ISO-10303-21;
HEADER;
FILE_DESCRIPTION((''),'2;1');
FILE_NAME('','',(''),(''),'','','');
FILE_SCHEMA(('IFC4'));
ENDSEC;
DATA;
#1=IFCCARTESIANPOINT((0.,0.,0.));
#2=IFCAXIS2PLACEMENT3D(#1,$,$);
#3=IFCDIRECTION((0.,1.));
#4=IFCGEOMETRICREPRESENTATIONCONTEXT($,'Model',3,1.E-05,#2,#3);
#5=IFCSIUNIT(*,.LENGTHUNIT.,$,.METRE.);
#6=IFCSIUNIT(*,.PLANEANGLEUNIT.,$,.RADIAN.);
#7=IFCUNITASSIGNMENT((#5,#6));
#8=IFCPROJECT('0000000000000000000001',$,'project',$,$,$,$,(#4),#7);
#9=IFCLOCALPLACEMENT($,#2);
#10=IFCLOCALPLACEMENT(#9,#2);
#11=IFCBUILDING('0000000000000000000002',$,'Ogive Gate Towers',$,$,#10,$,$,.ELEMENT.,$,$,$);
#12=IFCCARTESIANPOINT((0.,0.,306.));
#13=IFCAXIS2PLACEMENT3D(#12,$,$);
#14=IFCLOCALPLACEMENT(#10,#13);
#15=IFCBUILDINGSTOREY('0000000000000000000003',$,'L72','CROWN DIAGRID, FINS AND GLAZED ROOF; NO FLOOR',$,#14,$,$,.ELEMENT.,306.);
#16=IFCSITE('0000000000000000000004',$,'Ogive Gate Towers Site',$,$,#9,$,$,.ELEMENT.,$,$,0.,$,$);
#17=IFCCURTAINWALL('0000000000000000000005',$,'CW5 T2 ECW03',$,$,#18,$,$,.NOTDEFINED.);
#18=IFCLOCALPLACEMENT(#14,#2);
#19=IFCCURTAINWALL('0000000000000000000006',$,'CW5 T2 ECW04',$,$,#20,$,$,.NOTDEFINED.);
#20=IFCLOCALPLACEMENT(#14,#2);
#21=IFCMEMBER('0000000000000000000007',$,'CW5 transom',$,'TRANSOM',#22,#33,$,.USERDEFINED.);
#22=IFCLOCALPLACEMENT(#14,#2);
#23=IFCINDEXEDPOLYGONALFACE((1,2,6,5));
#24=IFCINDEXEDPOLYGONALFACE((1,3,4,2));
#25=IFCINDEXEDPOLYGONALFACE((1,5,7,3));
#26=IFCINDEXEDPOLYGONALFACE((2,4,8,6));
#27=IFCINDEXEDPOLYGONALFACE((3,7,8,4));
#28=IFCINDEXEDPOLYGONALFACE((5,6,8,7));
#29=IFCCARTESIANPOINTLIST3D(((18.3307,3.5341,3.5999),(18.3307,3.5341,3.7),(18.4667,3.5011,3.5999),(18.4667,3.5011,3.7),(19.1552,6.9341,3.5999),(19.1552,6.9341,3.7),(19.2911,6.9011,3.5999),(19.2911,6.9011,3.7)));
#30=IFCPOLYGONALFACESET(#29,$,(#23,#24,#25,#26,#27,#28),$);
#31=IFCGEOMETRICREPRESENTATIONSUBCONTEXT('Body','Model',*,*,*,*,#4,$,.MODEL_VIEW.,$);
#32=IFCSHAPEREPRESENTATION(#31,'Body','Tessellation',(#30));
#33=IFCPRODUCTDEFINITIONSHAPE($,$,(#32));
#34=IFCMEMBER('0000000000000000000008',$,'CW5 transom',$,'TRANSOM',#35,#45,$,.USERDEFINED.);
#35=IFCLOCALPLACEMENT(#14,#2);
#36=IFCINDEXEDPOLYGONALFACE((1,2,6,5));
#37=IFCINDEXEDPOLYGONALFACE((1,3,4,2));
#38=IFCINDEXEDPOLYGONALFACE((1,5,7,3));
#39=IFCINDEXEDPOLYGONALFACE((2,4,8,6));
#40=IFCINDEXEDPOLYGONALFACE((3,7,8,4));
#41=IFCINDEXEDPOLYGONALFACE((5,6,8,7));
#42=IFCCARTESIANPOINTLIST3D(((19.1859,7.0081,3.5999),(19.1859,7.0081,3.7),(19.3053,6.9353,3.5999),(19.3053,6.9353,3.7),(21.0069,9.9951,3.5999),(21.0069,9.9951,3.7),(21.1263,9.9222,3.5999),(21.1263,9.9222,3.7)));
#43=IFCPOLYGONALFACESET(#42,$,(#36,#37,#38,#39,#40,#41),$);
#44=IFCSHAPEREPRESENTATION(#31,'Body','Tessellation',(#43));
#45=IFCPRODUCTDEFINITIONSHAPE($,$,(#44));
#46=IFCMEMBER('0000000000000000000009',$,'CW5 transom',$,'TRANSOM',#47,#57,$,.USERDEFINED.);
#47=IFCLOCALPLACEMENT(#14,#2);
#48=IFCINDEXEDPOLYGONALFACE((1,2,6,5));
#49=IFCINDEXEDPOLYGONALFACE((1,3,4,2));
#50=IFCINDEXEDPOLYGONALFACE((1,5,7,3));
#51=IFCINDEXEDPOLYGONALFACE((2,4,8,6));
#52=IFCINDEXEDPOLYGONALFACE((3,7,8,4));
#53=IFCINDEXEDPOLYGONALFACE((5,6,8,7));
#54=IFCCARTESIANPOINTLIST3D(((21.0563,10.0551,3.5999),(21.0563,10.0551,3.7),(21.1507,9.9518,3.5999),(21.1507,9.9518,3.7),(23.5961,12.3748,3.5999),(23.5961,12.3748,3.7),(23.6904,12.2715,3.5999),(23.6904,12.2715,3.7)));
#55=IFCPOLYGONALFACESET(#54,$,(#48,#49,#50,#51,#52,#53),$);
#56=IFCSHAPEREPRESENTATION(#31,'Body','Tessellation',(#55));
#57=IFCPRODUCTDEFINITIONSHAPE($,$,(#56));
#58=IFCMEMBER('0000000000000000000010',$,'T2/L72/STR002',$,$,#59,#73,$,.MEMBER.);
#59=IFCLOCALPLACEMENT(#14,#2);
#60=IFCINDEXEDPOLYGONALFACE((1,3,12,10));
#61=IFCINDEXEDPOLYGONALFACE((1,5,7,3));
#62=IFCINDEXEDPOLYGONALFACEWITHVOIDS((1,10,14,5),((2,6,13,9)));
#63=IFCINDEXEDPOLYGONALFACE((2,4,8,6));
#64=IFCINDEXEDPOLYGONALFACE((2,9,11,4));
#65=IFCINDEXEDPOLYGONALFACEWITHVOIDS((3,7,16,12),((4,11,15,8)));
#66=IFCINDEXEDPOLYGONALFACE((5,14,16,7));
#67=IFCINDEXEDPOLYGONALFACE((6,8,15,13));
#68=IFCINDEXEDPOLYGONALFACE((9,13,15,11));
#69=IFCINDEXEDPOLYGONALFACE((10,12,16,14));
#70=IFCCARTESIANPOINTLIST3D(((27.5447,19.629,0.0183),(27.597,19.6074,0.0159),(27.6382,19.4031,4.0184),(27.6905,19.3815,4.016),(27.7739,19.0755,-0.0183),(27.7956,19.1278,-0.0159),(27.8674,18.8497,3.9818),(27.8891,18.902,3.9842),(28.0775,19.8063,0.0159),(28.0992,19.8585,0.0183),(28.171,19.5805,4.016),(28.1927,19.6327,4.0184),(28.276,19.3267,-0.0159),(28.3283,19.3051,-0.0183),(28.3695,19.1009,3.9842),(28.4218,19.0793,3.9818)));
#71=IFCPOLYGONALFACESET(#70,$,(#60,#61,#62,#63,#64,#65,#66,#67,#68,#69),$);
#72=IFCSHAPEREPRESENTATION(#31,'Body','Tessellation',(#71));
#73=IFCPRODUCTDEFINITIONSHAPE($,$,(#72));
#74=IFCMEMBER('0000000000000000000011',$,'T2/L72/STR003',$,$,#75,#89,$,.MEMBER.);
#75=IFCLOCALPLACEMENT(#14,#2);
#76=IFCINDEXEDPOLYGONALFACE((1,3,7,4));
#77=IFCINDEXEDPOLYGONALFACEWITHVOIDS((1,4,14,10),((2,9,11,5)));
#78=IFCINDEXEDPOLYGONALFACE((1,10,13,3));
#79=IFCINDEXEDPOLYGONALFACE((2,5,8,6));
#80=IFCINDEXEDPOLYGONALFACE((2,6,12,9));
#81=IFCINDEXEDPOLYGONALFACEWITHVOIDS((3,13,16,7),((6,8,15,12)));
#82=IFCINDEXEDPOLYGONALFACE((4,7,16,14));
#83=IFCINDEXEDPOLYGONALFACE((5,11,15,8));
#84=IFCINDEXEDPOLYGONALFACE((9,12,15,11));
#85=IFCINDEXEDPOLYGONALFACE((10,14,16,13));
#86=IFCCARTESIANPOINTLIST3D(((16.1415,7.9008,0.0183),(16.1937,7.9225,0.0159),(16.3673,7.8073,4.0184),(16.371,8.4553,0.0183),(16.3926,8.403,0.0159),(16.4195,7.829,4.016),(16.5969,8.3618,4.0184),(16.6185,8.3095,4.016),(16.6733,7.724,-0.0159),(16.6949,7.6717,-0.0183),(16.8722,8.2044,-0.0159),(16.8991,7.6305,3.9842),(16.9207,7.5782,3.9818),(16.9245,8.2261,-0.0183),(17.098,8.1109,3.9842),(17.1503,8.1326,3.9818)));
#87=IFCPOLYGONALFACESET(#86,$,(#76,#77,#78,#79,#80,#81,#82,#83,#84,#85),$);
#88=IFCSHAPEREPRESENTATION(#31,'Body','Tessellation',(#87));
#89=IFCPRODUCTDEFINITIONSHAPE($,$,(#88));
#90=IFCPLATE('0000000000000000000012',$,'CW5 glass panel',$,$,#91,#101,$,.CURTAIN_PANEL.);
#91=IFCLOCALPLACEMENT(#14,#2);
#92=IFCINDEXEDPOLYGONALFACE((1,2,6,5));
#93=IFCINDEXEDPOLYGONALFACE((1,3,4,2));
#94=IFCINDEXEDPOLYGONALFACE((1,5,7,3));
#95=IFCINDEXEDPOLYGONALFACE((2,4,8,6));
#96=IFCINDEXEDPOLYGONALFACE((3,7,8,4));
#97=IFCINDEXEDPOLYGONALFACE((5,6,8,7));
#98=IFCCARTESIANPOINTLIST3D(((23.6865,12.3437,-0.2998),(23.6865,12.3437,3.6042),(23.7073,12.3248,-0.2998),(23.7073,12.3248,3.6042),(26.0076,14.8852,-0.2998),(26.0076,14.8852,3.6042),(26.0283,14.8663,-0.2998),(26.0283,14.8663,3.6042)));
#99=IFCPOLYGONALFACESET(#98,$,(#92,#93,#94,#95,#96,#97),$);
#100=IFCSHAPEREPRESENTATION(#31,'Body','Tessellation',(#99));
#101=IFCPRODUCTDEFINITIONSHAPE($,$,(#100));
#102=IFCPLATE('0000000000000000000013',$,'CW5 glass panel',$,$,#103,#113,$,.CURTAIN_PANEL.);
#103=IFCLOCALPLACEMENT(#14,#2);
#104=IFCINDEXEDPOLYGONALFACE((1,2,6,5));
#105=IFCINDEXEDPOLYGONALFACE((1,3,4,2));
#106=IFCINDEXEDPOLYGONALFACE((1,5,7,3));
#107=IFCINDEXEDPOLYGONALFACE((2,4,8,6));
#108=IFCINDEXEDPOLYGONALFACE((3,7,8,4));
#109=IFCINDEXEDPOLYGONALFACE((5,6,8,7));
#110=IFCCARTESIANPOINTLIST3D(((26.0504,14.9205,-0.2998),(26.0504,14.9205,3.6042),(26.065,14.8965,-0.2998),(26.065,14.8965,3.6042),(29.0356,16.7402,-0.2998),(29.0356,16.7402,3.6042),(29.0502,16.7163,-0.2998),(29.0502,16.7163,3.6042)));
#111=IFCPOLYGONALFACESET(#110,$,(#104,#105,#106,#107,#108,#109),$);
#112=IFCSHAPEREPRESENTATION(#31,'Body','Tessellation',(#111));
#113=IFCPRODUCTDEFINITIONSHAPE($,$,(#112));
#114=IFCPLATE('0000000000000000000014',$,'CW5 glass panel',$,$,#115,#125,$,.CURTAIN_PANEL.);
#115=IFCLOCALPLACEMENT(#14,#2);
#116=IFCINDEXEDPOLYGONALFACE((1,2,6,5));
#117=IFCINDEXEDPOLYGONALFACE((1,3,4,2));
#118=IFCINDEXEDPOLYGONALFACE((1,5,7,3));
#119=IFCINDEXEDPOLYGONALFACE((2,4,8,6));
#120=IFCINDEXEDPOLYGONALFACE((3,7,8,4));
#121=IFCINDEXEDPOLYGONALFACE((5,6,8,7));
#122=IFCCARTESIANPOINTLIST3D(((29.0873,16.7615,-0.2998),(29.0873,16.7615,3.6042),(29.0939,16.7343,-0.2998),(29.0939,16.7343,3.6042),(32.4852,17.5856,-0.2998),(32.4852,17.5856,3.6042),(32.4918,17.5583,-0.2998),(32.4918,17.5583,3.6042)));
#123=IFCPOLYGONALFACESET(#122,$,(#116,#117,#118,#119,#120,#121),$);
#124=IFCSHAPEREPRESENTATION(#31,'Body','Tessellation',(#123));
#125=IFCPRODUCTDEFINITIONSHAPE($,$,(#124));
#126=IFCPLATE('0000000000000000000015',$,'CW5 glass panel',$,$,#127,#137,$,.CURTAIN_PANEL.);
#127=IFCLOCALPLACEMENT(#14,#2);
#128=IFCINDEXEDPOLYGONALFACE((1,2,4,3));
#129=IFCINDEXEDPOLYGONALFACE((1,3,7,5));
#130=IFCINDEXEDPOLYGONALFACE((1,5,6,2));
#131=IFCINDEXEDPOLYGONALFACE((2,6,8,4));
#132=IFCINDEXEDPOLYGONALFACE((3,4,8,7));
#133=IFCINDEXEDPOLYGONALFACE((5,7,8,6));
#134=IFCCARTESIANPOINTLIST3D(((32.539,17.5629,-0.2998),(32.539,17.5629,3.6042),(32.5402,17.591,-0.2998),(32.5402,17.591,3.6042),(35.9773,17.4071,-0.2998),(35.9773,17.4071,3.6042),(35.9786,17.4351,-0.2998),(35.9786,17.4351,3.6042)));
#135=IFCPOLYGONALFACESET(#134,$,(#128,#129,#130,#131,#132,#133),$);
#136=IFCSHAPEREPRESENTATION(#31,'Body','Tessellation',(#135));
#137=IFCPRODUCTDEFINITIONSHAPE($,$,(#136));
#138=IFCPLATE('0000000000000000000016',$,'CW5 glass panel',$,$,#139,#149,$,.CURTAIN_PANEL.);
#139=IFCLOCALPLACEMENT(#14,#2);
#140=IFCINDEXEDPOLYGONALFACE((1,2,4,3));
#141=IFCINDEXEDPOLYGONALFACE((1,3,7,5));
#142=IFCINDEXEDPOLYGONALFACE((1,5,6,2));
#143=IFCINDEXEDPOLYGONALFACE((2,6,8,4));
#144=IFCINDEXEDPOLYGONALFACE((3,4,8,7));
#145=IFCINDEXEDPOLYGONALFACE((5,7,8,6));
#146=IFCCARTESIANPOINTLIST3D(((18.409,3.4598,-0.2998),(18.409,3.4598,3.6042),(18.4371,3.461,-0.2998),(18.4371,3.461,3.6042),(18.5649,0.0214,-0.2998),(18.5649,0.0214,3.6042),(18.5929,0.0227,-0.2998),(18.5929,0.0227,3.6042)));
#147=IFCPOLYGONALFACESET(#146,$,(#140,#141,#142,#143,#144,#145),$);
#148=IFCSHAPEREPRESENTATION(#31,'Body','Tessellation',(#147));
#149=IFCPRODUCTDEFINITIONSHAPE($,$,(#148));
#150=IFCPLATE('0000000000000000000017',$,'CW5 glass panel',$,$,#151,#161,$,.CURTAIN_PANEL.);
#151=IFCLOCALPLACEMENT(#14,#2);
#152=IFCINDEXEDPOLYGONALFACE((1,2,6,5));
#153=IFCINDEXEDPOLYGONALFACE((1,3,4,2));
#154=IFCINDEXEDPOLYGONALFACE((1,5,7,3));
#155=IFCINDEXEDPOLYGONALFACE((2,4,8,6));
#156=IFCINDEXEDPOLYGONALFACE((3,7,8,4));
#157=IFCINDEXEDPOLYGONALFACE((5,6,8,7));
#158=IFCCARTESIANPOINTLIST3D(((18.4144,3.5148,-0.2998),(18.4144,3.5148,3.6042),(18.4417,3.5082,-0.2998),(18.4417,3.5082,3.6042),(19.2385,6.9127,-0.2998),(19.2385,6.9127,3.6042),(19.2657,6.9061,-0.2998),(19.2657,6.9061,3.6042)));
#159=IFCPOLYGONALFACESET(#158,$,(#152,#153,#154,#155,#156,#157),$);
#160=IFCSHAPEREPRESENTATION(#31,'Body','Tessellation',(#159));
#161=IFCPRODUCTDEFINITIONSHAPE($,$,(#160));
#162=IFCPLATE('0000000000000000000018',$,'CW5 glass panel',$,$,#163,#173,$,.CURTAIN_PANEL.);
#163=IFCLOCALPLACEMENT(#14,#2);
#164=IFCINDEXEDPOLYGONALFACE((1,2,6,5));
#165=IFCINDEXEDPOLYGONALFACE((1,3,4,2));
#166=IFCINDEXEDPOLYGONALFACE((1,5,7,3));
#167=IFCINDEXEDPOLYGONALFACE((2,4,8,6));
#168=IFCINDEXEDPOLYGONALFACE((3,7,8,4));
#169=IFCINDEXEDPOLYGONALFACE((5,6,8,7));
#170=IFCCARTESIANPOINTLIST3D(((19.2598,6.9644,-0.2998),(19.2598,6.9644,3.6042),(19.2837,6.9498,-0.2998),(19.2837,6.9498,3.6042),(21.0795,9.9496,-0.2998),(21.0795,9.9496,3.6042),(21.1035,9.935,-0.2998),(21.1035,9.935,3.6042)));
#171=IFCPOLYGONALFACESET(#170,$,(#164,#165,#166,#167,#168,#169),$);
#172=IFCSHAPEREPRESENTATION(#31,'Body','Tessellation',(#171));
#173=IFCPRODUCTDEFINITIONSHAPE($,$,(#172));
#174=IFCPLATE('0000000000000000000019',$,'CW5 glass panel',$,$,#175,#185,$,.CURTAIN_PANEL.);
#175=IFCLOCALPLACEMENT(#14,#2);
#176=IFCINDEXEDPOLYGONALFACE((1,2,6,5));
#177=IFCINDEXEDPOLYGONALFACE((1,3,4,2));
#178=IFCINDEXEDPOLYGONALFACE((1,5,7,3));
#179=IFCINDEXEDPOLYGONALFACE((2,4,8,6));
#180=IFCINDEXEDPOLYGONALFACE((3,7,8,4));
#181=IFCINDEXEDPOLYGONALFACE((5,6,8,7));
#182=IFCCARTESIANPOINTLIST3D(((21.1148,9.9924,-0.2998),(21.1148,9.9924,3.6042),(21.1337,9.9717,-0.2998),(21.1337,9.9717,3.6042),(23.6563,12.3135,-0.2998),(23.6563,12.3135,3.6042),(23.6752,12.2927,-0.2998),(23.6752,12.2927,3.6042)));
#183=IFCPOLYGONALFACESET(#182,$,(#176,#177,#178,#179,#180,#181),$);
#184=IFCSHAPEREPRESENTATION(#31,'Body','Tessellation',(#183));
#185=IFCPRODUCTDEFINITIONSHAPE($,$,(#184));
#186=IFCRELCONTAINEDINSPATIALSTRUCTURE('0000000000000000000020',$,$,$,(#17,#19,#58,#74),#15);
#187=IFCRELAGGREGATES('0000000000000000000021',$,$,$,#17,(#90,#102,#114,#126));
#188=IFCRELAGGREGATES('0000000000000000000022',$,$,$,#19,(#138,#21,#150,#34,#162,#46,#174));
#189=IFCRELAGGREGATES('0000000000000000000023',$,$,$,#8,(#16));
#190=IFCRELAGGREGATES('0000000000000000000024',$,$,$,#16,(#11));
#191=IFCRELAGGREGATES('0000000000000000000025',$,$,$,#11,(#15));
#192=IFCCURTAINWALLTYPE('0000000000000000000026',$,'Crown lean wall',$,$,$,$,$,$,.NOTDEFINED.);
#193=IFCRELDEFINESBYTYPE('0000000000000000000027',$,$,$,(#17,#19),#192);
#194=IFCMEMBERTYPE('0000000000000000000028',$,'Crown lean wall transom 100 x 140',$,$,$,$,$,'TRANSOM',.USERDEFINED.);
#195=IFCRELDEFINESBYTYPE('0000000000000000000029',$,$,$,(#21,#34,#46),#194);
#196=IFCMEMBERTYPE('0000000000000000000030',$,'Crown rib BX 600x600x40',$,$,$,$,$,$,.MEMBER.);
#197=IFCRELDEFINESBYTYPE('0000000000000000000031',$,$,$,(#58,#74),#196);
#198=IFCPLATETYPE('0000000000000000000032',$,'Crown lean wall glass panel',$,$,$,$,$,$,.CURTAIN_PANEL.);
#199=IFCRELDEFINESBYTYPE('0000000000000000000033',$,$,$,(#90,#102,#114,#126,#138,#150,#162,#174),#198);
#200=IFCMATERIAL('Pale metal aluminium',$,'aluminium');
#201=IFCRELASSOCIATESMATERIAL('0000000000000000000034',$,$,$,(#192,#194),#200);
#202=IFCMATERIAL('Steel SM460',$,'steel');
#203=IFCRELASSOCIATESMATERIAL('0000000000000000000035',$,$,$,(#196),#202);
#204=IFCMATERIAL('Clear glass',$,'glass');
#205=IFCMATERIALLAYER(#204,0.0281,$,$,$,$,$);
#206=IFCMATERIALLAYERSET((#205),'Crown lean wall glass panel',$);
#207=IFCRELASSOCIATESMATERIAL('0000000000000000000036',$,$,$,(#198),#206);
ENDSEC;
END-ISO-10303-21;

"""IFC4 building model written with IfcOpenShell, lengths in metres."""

from ifc_helpers import new_model, si_unit, direction, frame, origin, origin_2d, place, context, subcontext, project, spatial, rectangle, hollow_rectangle, extrude, material, layer, layer_set, material_profile, profile_set, type_object, element, aggregate, save


model = new_model("IFC4")

# Units and contexts
model_context = context("Model", 3, precision=1e-05, world=origin(), true_north=direction((0.0, 1.0)))
body_context = subcontext(model_context, "Body", "Model", "MODEL_VIEW")
ifc_project = project(units=[si_unit("LENGTHUNIT", "METRE"), si_unit("PLANEANGLEUNIT", "RADIAN")], contexts=[model_context])

# Site, building, storey
site_placement = place(None, origin())
site = spatial("IfcSite", under=ifc_project, at=site_placement, Name="Ogive Gate Towers Site", CompositionType="ELEMENT", RefElevation=0.0)
building_placement = place(site_placement, origin())
building = spatial("IfcBuilding", under=site, at=building_placement, Name="Ogive Gate Towers", CompositionType="ELEMENT")
storey_placement = place(building_placement, frame((0.0, 0.0, 306.0)))
storey = spatial("IfcBuildingStorey", under=building, at=storey_placement, Name="L72", Description="CROWN DIAGRID, FINS AND GLAZED ROOF; NO FLOOR", CompositionType="ELEMENT", Elevation=306.0)

# Shared definitions
ifc_material_1 = material(Name="Steel SM460", Category="steel")

# Curtain walls
ifc_material_2 = material(Name="Pale metal aluminium", Category="aluminium")
curtain_wall_type = type_object("IfcCurtainWallType", Name="Crown lean wall", PredefinedType="NOTDEFINED", material=ifc_material_2)
curtain_wall_1_placement = place(storey_placement, origin())
curtain_wall_1 = element("IfcCurtainWall", 1, at=curtain_wall_1_placement, inside=storey, type_object=curtain_wall_type, Name="CW5 T2 ECW03", PredefinedType="NOTDEFINED")
curtain_wall_2_placement = place(storey_placement, origin())
curtain_wall_2 = element("IfcCurtainWall", 2, at=curtain_wall_2_placement, inside=storey, type_object=curtain_wall_type, Name="CW5 T2 ECW04", PredefinedType="NOTDEFINED")

# Members
ifc_material_profile_1 = material_profile(ifc_material_2, rectangle(XDim=0.1399, YDim=0.1001, at=origin_2d()), Name="100 x 140 aluminium box")
ifc_profile_set_1 = profile_set([ifc_material_profile_1], Name="Pale metal aluminium")
member_type_1 = type_object("IfcMemberType", Name="Crown lean wall transom 100 x 140", ElementType="TRANSOM", PredefinedType="USERDEFINED", material=ifc_profile_set_1)
member_1_placement = place(storey_placement, frame((18.3987, 3.5176, 3.6499), z_axis=(0.235666, 0.971834, 0.0), x_axis=(-0.971834, 0.235666, 0.0)))
member_1 = element("IfcMember", 3, at=member_1_placement, type_object=member_type_1, Name="CW5 transom", ObjectType="TRANSOM", PredefinedType="USERDEFINED", context=body_context, shape_type="SweptSolid", body=[
    extrude(rectangle(XDim=0.1399, YDim=0.1001, at=origin_2d()), origin(), (0.0, 0.0, 1.0), 3.4985),
])
member_2_placement = place(storey_placement, frame((19.2456, 6.9717, 3.6499), z_axis=(0.520538, 0.853839, 0.0), x_axis=(-0.853839, 0.520538, 0.0)))
member_2 = element("IfcMember", 4, at=member_2_placement, type_object=member_type_1, Name="CW5 transom", ObjectType="TRANSOM", PredefinedType="USERDEFINED", context=body_context, shape_type="SweptSolid", body=[
    extrude(rectangle(XDim=0.1399, YDim=0.1001, at=origin_2d()), origin(), (0.0, 0.0, 1.0), 3.4983),
])
member_3_placement = place(storey_placement, frame((21.1035, 10.0034, 3.6499), z_axis=(0.738358, 0.674409, 0.0), x_axis=(-0.674409, 0.738358, 0.0)))
member_3 = element("IfcMember", 5, at=member_3_placement, type_object=member_type_1, Name="CW5 transom", ObjectType="TRANSOM", PredefinedType="USERDEFINED", context=body_context, shape_type="SweptSolid", body=[
    extrude(rectangle(XDim=0.1399, YDim=0.1001, at=origin_2d()), origin(), (0.0, 0.0, 1.0), 3.4397),
])

# Members
ifc_material_profile_2 = material_profile(ifc_material_1, hollow_rectangle(XDim=0.6001, YDim=0.6001, WallThickness=0.04, at=origin_2d()), Name="BX 600x600x40")
ifc_profile_set_2 = profile_set([ifc_material_profile_2], Name="Steel SM460")
member_type_2 = type_object("IfcMemberType", Name="Crown rib BX 600x600x40", PredefinedType="MEMBER", material=ifc_profile_set_2)
for number, where, z_axis, x_axis, name in (
    (6, (27.9365, 19.467, 0.0), (0.023333, -0.056352, 0.998138), (0.923932, 0.382558, 0.0), "T2/L72/STR002"),
    (7, (16.533, 8.0635, 0.0), (0.056352, -0.023333, 0.998138), (0.382558, 0.923932, 0.0), "T2/L72/STR003"),
):
    element("IfcMember", number, at=place(storey_placement, frame(where, z_axis=z_axis, x_axis=x_axis)), inside=storey, type_object=member_type_2, Name=name, PredefinedType="MEMBER", context=body_context, shape_type="SweptSolid", body=[
        extrude(hollow_rectangle(XDim=0.6001, YDim=0.6001, WallThickness=0.04, at=origin_2d()), origin(), (0.0, 0.0, 1.0), 4.0076),
    ])

# Plates
ifc_material_3 = material(Name="Clear glass", Category="glass")
ifc_layer_1 = layer(ifc_material_3, 0.0281)
ifc_layer_set_1 = layer_set([ifc_layer_1], Name="Crown lean wall glass panel")
plate_type = type_object("IfcPlateType", Name="Crown lean wall glass panel", PredefinedType="CURTAIN_PANEL", material=ifc_layer_set_1)
plate_1_placement = place(storey_placement, frame((24.8574, 13.605, -0.2998), z_axis=(0.0, 0.0, 1.0), x_axis=(0.674354, 0.738408, 0.0)))
plate_1 = element("IfcPlate", 8, at=plate_1_placement, type_object=plate_type, Name="CW5 glass panel", PredefinedType="CURTAIN_PANEL", context=body_context, shape_type="SweptSolid", body=[
    extrude(rectangle(XDim=3.4419, YDim=0.0281, at=origin_2d()), origin(), (0.0, 0.0, 1.0), 3.9041),
])
plate_2_placement = place(storey_placement, frame((27.5503, 15.8184, -0.2998), z_axis=(0.0, 0.0, 1.0), x_axis=(0.853851, 0.520518, 0.0)))
plate_2 = element("IfcPlate", 9, at=plate_2_placement, type_object=plate_type, Name="CW5 glass panel", PredefinedType="CURTAIN_PANEL", context=body_context, shape_type="SweptSolid", body=[
    extrude(rectangle(XDim=3.4961, YDim=0.0281, at=origin_2d()), origin(), (0.0, 0.0, 1.0), 3.9041),
])
plate_3_placement = place(storey_placement, frame((30.7896, 17.1599, -0.2998), z_axis=(0.0, 0.0, 1.0), x_axis=(0.97183, 0.235685, 0.0)))
plate_3 = element("IfcPlate", 10, at=plate_3_placement, type_object=plate_type, Name="CW5 glass panel", PredefinedType="CURTAIN_PANEL", context=body_context, shape_type="SweptSolid", body=[
    extrude(rectangle(XDim=3.4963, YDim=0.0281, at=origin_2d()), origin(), (0.0, 0.0, 1.0), 3.9041),
])
plate_4_placement = place(storey_placement, frame((34.2588, 17.499, -0.2998), z_axis=(0.0, 0.0, 1.0), x_axis=(0.998975, -0.045276, 0.0)))
plate_4 = element("IfcPlate", 11, at=plate_4_placement, type_object=plate_type, Name="CW5 glass panel", PredefinedType="CURTAIN_PANEL", context=body_context, shape_type="SweptSolid", body=[
    extrude(rectangle(XDim=3.4419, YDim=0.0281, at=origin_2d()), origin(), (0.0, 0.0, 1.0), 3.9041),
])
aggregate(curtain_wall_1, [plate_1, plate_2, plate_3, plate_4])
plate_5_placement = place(storey_placement, frame((18.501, 1.7412, -0.2998), z_axis=(0.0, 0.0, 1.0), x_axis=(-0.045276, 0.998975, 0.0)))
plate_5 = element("IfcPlate", 12, at=plate_5_placement, type_object=plate_type, Name="CW5 glass panel", PredefinedType="CURTAIN_PANEL", context=body_context, shape_type="SweptSolid", body=[
    extrude(rectangle(XDim=3.4419, YDim=0.0281, at=origin_2d()), origin(), (0.0, 0.0, 1.0), 3.9041),
])
plate_6_placement = place(storey_placement, frame((18.8401, 5.2104, -0.2998), z_axis=(0.0, 0.0, 1.0), x_axis=(0.235685, 0.97183, 0.0)))
plate_6 = element("IfcPlate", 13, at=plate_6_placement, type_object=plate_type, Name="CW5 glass panel", PredefinedType="CURTAIN_PANEL", context=body_context, shape_type="SweptSolid", body=[
    extrude(rectangle(XDim=3.4963, YDim=0.0281, at=origin_2d()), origin(), (0.0, 0.0, 1.0), 3.9041),
])
plate_7_placement = place(storey_placement, frame((20.1816, 8.4497, -0.2998), z_axis=(0.0, 0.0, 1.0), x_axis=(0.520518, 0.853851, 0.0)))
plate_7 = element("IfcPlate", 14, at=plate_7_placement, type_object=plate_type, Name="CW5 glass panel", PredefinedType="CURTAIN_PANEL", context=body_context, shape_type="SweptSolid", body=[
    extrude(rectangle(XDim=3.4961, YDim=0.0281, at=origin_2d()), origin(), (0.0, 0.0, 1.0), 3.9041),
])
plate_8_placement = place(storey_placement, frame((22.395, 11.1426, -0.2998), z_axis=(0.0, 0.0, 1.0), x_axis=(0.738408, 0.674354, 0.0)))
plate_8 = element("IfcPlate", 15, at=plate_8_placement, type_object=plate_type, Name="CW5 glass panel", PredefinedType="CURTAIN_PANEL", context=body_context, shape_type="SweptSolid", body=[
    extrude(rectangle(XDim=3.4419, YDim=0.0281, at=origin_2d()), origin(), (0.0, 0.0, 1.0), 3.9041),
])
aggregate(curtain_wall_2, [plate_5, member_1, plate_6, member_2, plate_7, member_3, plate_8])

save(model, "model.ifc")
